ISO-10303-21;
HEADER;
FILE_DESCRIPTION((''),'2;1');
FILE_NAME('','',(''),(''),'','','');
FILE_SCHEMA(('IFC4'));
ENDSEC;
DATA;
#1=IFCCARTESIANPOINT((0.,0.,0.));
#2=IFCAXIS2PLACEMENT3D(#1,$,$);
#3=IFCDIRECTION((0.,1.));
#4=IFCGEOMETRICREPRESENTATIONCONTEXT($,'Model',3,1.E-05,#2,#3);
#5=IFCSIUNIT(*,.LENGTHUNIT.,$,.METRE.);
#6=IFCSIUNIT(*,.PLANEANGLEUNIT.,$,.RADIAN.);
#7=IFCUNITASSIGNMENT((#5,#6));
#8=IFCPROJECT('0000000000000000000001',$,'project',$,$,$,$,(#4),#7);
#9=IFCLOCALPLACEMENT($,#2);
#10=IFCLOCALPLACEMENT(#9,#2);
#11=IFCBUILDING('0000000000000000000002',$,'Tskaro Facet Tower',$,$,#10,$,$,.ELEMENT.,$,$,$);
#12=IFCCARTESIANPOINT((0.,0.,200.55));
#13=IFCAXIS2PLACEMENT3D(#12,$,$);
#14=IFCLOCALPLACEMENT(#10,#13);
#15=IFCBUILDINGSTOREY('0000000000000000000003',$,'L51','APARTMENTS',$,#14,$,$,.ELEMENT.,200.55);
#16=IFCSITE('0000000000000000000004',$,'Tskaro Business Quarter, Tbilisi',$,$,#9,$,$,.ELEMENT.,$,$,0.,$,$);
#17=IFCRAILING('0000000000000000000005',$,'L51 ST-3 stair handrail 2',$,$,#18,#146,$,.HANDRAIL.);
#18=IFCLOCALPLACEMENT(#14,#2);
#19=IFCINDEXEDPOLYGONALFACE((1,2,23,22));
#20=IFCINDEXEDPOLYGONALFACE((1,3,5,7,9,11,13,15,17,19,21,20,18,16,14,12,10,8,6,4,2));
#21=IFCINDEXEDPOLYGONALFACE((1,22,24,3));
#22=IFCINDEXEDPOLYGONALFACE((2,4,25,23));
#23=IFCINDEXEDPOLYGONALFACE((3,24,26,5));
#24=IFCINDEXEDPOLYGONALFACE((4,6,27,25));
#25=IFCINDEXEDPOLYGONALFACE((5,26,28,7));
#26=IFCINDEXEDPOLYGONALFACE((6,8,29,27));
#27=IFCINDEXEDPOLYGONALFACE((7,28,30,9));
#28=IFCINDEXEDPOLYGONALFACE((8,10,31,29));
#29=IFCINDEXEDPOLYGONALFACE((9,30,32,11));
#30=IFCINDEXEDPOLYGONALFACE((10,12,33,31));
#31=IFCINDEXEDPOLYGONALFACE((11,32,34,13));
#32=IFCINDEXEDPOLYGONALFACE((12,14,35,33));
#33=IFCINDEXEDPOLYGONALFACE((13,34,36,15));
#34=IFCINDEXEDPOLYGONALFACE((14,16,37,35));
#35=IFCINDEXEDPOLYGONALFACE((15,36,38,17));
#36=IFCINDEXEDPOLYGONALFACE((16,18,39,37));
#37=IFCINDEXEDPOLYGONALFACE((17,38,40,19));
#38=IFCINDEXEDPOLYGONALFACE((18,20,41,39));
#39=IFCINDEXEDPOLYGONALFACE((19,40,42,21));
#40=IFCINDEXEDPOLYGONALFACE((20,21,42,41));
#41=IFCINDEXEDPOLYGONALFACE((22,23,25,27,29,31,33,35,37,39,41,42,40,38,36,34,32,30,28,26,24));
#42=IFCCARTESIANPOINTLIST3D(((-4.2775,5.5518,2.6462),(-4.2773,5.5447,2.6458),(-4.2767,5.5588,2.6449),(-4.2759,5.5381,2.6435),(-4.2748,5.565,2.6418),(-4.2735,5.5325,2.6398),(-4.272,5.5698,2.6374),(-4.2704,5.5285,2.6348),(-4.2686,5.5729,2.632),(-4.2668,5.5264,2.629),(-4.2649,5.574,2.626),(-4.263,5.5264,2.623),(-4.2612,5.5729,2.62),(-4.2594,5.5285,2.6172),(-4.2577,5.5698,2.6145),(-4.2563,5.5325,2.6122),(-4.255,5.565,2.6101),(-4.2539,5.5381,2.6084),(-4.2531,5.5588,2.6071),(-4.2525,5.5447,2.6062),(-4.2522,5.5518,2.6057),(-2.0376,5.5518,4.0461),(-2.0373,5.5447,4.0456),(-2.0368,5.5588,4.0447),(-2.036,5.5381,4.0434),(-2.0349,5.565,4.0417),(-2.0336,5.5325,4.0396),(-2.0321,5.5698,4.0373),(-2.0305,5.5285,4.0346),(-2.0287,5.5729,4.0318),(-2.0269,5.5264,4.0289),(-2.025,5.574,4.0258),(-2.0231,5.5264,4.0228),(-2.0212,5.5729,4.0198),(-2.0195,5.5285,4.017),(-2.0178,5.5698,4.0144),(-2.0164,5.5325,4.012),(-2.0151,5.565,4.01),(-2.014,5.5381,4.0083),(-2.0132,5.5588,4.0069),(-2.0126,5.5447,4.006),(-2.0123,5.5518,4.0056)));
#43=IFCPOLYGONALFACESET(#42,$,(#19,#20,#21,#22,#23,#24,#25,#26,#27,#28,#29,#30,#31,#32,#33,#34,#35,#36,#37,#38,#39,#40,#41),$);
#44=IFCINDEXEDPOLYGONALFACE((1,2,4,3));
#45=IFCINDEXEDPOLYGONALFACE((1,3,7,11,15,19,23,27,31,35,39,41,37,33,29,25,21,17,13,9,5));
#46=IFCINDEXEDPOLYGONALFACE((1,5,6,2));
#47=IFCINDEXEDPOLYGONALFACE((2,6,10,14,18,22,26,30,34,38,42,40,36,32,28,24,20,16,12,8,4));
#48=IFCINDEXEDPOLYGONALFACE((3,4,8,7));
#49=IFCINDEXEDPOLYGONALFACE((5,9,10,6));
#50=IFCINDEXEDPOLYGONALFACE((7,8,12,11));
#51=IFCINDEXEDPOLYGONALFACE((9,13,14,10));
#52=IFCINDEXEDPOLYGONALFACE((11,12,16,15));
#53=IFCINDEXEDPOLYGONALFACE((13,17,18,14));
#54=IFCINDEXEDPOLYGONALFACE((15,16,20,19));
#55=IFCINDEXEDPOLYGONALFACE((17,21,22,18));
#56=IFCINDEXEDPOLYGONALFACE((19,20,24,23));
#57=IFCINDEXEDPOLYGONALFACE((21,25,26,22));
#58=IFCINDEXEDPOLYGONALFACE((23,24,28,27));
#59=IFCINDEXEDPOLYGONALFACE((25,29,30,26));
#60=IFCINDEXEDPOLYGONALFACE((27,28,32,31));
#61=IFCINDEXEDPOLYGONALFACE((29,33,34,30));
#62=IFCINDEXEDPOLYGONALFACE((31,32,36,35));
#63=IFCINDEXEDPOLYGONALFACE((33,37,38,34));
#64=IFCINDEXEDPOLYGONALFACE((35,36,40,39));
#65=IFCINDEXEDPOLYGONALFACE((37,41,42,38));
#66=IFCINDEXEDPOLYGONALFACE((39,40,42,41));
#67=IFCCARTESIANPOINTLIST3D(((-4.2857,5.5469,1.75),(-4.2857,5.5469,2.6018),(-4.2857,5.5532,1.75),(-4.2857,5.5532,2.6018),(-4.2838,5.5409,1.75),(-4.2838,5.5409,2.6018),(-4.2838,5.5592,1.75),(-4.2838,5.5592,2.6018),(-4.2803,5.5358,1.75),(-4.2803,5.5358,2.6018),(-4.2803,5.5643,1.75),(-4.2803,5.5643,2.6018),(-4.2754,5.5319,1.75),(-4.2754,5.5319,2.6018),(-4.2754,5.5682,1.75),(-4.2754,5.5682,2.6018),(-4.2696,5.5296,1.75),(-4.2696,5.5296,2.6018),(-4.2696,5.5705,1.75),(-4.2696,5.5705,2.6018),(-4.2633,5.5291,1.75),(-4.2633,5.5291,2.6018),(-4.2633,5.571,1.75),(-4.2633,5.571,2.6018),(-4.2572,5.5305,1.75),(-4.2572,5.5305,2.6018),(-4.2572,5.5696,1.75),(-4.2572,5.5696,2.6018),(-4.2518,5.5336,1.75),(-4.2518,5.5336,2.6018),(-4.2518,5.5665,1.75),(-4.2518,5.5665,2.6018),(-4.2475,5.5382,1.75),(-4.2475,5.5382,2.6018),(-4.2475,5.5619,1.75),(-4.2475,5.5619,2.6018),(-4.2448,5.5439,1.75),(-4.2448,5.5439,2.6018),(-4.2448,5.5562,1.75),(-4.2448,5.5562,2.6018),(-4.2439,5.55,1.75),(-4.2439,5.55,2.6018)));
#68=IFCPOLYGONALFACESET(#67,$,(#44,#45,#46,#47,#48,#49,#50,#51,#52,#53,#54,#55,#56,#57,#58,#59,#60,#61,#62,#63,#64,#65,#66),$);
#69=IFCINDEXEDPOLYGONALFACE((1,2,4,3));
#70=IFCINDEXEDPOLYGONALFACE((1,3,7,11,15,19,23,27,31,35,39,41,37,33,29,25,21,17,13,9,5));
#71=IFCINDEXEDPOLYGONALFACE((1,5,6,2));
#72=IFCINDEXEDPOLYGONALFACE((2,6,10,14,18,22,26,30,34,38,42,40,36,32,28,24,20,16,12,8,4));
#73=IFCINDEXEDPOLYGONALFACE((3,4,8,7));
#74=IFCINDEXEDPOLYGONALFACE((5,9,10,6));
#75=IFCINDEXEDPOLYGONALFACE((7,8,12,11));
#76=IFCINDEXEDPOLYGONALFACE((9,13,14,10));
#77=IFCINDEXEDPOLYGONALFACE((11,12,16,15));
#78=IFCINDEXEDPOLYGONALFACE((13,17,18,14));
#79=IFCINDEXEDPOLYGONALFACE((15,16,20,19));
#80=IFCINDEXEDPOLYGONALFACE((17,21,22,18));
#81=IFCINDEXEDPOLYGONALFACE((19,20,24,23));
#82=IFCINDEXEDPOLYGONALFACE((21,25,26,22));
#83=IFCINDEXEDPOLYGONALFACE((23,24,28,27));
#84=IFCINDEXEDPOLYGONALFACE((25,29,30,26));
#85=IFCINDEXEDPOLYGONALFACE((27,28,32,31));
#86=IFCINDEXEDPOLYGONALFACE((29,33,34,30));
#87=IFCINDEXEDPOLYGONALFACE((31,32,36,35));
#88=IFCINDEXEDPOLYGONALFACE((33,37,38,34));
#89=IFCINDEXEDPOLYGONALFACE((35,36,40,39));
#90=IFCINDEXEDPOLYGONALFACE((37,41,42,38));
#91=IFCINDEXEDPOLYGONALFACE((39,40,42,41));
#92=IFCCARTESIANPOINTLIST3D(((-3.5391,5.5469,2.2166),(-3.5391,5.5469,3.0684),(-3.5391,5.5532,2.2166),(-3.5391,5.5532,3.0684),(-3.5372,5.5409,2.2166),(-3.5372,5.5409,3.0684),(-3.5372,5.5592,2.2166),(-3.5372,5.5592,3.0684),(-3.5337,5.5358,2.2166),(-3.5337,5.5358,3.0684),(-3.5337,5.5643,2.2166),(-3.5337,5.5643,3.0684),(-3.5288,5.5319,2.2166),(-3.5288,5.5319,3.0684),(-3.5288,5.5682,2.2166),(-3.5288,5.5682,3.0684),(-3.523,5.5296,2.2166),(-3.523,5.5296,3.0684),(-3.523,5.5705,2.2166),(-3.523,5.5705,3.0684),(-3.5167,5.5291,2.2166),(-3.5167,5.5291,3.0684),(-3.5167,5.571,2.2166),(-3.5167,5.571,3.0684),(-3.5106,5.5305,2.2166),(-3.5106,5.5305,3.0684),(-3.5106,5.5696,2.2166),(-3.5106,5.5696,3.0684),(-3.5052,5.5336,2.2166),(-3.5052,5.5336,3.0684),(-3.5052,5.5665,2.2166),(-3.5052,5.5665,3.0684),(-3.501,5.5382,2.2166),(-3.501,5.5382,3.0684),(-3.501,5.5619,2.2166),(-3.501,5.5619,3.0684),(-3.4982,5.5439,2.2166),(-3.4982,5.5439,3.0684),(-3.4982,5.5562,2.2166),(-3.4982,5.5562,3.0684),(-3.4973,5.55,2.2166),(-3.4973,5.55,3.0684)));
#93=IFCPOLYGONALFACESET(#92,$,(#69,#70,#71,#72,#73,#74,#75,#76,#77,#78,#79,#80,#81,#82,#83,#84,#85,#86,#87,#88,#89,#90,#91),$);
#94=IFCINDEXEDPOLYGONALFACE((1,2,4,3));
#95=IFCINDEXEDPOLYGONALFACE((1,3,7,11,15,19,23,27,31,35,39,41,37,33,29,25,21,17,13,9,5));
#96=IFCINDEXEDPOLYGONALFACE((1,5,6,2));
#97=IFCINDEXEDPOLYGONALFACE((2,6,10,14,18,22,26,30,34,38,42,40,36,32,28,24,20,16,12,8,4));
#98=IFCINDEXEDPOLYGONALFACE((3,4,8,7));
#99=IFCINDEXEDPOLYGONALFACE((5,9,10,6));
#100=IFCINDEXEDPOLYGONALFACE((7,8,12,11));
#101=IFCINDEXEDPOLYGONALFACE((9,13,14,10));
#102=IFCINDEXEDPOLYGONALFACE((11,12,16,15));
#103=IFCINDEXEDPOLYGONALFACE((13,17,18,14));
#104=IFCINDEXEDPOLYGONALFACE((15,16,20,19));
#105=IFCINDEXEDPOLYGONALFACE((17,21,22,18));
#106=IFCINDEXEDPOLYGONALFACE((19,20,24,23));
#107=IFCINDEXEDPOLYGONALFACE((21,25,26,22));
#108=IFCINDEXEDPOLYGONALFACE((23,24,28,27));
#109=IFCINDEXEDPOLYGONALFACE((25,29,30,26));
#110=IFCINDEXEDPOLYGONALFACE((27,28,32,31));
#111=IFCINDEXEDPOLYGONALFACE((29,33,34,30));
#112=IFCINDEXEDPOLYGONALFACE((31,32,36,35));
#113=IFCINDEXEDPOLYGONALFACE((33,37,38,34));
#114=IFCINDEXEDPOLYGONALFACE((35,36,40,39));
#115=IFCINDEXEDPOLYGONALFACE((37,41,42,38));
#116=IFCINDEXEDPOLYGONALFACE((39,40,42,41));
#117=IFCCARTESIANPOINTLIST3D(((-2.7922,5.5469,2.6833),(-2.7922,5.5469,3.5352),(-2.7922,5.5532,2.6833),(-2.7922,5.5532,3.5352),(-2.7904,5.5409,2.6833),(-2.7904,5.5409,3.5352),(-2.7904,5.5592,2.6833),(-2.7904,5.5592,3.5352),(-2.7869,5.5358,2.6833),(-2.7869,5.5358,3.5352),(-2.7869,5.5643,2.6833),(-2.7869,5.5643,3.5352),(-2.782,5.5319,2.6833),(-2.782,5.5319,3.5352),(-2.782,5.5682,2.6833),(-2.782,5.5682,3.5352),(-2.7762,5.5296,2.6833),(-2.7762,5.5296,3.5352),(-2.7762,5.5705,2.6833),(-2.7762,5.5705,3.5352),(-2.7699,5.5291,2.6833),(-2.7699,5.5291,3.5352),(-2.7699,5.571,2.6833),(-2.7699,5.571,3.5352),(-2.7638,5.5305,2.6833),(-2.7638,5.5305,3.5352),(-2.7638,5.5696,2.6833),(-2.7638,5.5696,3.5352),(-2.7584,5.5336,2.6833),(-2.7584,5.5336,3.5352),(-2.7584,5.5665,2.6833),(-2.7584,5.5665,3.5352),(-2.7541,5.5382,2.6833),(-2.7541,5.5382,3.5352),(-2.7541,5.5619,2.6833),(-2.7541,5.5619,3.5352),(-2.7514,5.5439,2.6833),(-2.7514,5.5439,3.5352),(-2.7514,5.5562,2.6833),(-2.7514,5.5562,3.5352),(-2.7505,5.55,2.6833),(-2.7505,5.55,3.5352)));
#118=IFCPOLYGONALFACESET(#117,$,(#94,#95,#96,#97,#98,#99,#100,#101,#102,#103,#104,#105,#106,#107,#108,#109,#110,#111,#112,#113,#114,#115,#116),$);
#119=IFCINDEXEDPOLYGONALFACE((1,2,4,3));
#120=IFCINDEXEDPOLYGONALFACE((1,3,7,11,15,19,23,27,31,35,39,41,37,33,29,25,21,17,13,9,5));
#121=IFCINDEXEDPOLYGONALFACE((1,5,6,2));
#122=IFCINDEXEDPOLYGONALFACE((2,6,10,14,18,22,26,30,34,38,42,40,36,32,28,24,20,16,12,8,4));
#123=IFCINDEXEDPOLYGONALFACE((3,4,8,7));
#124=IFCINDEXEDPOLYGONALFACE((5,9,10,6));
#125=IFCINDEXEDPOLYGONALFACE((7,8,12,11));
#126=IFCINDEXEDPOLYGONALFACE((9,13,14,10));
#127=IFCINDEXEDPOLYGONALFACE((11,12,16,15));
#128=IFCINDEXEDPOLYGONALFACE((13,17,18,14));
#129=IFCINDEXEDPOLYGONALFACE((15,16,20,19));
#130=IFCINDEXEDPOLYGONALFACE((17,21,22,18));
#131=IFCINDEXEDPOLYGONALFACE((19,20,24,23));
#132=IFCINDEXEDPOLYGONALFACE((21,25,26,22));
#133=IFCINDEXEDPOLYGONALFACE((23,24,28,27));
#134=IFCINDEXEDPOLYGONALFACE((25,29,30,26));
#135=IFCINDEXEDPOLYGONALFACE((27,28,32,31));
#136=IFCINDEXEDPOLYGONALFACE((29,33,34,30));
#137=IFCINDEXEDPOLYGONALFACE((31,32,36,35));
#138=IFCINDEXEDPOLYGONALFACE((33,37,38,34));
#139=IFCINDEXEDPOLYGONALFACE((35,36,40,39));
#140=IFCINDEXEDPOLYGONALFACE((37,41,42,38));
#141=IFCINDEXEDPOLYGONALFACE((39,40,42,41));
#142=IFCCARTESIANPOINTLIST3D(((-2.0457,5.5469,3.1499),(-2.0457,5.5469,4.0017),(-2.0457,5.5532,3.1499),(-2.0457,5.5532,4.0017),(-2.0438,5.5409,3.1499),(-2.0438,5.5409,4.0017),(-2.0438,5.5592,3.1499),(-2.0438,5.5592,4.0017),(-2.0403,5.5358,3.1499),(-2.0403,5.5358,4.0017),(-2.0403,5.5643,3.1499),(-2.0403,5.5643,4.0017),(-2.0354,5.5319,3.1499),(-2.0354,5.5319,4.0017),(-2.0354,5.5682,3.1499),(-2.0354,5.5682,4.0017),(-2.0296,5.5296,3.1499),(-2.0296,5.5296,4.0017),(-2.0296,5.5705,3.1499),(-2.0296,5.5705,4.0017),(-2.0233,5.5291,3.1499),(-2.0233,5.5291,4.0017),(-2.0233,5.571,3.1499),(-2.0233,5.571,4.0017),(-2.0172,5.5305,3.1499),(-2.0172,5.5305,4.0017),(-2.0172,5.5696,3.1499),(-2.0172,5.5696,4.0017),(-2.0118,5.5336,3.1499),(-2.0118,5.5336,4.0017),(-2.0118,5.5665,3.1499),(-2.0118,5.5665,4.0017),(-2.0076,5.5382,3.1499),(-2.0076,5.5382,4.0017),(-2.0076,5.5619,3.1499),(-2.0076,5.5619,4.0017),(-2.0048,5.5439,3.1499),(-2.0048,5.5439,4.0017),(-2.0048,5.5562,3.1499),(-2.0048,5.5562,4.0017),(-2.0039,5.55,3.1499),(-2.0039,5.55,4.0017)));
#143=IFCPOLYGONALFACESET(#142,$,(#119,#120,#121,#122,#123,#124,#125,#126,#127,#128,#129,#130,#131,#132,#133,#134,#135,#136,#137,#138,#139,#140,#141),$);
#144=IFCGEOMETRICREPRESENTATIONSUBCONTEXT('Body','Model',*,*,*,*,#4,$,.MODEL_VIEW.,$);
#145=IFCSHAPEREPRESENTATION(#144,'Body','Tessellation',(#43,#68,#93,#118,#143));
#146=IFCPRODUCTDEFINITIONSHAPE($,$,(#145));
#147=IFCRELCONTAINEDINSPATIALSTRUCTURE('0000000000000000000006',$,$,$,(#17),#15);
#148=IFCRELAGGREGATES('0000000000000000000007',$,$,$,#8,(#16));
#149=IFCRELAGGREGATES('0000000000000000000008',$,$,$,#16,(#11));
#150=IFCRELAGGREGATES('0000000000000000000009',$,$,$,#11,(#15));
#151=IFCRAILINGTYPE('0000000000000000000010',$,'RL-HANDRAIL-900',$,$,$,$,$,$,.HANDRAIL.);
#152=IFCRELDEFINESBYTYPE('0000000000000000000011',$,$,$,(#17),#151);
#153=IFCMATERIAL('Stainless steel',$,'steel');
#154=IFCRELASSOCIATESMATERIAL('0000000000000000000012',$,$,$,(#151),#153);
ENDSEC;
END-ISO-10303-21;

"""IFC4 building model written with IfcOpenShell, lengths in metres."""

from ifc_helpers import new_model, si_unit, direction, frame, origin, origin_2d, place, context, subcontext, project, spatial, circle, extrude, material, type_object, element, save


model = new_model("IFC4")

# Units and contexts
model_context = context("Model", 3, precision=1e-05, world=origin(), true_north=direction((0.0, 1.0)))
body_context = subcontext(model_context, "Body", "Model", "MODEL_VIEW")
ifc_project = project(units=[si_unit("LENGTHUNIT", "METRE"), si_unit("PLANEANGLEUNIT", "RADIAN")], contexts=[model_context])

# Site, building, storey
site_placement = place(None, origin())
site = spatial("IfcSite", under=ifc_project, at=site_placement, Name="Tskaro Business Quarter, Tbilisi", CompositionType="ELEMENT", RefElevation=0.0)
building_placement = place(site_placement, origin())
building = spatial("IfcBuilding", under=site, at=building_placement, Name="Tskaro Facet Tower", CompositionType="ELEMENT")
storey_placement = place(building_placement, frame((0.0, 0.0, 200.55)))
storey = spatial("IfcBuildingStorey", under=building, at=storey_placement, Name="L51", Description="APARTMENTS", CompositionType="ELEMENT", Elevation=200.55)

# Railing
ifc_material_1 = material(Name="Stainless steel", Category="steel")
railing_type_1 = type_object("IfcRailingType", Name="RL-HANDRAIL-900", PredefinedType="HANDRAIL", material=ifc_material_1)
railing_1_placement = place(storey_placement, frame((-4.2649, 5.55, 1.75)))
element("IfcRailing", 1, at=railing_1_placement, inside=storey, type_object=railing_type_1, Name="L51 ST-3 stair handrail 2", PredefinedType="HANDRAIL", context=body_context, shape_type="SweptSolid", body=[
    extrude(circle(Radius=0.0239, at=origin_2d()), frame((0.0, 0.0, 0.876), z_axis=(0.848014, 0.0, 0.529974), x_axis=(0.0, 1.0, 0.0)), (0.0, 0.0, 1.0), 2.6414),
    extrude(circle(Radius=0.021, at=origin_2d()), origin(), (0.0, 0.0, 1.0), 0.8518),
    extrude(circle(Radius=0.021, at=origin_2d()), frame((0.7466, 0.0, 0.4666)), (0.0, 0.0, 1.0), 0.8518),
    extrude(circle(Radius=0.021, at=origin_2d()), frame((1.4934, 0.0, 0.9333)), (0.0, 0.0, 1.0), 0.8518),
    extrude(circle(Radius=0.021, at=origin_2d()), frame((2.24, 0.0, 1.3999)), (0.0, 0.0, 1.0), 0.8518),
])

save(model, "model.ifc")
